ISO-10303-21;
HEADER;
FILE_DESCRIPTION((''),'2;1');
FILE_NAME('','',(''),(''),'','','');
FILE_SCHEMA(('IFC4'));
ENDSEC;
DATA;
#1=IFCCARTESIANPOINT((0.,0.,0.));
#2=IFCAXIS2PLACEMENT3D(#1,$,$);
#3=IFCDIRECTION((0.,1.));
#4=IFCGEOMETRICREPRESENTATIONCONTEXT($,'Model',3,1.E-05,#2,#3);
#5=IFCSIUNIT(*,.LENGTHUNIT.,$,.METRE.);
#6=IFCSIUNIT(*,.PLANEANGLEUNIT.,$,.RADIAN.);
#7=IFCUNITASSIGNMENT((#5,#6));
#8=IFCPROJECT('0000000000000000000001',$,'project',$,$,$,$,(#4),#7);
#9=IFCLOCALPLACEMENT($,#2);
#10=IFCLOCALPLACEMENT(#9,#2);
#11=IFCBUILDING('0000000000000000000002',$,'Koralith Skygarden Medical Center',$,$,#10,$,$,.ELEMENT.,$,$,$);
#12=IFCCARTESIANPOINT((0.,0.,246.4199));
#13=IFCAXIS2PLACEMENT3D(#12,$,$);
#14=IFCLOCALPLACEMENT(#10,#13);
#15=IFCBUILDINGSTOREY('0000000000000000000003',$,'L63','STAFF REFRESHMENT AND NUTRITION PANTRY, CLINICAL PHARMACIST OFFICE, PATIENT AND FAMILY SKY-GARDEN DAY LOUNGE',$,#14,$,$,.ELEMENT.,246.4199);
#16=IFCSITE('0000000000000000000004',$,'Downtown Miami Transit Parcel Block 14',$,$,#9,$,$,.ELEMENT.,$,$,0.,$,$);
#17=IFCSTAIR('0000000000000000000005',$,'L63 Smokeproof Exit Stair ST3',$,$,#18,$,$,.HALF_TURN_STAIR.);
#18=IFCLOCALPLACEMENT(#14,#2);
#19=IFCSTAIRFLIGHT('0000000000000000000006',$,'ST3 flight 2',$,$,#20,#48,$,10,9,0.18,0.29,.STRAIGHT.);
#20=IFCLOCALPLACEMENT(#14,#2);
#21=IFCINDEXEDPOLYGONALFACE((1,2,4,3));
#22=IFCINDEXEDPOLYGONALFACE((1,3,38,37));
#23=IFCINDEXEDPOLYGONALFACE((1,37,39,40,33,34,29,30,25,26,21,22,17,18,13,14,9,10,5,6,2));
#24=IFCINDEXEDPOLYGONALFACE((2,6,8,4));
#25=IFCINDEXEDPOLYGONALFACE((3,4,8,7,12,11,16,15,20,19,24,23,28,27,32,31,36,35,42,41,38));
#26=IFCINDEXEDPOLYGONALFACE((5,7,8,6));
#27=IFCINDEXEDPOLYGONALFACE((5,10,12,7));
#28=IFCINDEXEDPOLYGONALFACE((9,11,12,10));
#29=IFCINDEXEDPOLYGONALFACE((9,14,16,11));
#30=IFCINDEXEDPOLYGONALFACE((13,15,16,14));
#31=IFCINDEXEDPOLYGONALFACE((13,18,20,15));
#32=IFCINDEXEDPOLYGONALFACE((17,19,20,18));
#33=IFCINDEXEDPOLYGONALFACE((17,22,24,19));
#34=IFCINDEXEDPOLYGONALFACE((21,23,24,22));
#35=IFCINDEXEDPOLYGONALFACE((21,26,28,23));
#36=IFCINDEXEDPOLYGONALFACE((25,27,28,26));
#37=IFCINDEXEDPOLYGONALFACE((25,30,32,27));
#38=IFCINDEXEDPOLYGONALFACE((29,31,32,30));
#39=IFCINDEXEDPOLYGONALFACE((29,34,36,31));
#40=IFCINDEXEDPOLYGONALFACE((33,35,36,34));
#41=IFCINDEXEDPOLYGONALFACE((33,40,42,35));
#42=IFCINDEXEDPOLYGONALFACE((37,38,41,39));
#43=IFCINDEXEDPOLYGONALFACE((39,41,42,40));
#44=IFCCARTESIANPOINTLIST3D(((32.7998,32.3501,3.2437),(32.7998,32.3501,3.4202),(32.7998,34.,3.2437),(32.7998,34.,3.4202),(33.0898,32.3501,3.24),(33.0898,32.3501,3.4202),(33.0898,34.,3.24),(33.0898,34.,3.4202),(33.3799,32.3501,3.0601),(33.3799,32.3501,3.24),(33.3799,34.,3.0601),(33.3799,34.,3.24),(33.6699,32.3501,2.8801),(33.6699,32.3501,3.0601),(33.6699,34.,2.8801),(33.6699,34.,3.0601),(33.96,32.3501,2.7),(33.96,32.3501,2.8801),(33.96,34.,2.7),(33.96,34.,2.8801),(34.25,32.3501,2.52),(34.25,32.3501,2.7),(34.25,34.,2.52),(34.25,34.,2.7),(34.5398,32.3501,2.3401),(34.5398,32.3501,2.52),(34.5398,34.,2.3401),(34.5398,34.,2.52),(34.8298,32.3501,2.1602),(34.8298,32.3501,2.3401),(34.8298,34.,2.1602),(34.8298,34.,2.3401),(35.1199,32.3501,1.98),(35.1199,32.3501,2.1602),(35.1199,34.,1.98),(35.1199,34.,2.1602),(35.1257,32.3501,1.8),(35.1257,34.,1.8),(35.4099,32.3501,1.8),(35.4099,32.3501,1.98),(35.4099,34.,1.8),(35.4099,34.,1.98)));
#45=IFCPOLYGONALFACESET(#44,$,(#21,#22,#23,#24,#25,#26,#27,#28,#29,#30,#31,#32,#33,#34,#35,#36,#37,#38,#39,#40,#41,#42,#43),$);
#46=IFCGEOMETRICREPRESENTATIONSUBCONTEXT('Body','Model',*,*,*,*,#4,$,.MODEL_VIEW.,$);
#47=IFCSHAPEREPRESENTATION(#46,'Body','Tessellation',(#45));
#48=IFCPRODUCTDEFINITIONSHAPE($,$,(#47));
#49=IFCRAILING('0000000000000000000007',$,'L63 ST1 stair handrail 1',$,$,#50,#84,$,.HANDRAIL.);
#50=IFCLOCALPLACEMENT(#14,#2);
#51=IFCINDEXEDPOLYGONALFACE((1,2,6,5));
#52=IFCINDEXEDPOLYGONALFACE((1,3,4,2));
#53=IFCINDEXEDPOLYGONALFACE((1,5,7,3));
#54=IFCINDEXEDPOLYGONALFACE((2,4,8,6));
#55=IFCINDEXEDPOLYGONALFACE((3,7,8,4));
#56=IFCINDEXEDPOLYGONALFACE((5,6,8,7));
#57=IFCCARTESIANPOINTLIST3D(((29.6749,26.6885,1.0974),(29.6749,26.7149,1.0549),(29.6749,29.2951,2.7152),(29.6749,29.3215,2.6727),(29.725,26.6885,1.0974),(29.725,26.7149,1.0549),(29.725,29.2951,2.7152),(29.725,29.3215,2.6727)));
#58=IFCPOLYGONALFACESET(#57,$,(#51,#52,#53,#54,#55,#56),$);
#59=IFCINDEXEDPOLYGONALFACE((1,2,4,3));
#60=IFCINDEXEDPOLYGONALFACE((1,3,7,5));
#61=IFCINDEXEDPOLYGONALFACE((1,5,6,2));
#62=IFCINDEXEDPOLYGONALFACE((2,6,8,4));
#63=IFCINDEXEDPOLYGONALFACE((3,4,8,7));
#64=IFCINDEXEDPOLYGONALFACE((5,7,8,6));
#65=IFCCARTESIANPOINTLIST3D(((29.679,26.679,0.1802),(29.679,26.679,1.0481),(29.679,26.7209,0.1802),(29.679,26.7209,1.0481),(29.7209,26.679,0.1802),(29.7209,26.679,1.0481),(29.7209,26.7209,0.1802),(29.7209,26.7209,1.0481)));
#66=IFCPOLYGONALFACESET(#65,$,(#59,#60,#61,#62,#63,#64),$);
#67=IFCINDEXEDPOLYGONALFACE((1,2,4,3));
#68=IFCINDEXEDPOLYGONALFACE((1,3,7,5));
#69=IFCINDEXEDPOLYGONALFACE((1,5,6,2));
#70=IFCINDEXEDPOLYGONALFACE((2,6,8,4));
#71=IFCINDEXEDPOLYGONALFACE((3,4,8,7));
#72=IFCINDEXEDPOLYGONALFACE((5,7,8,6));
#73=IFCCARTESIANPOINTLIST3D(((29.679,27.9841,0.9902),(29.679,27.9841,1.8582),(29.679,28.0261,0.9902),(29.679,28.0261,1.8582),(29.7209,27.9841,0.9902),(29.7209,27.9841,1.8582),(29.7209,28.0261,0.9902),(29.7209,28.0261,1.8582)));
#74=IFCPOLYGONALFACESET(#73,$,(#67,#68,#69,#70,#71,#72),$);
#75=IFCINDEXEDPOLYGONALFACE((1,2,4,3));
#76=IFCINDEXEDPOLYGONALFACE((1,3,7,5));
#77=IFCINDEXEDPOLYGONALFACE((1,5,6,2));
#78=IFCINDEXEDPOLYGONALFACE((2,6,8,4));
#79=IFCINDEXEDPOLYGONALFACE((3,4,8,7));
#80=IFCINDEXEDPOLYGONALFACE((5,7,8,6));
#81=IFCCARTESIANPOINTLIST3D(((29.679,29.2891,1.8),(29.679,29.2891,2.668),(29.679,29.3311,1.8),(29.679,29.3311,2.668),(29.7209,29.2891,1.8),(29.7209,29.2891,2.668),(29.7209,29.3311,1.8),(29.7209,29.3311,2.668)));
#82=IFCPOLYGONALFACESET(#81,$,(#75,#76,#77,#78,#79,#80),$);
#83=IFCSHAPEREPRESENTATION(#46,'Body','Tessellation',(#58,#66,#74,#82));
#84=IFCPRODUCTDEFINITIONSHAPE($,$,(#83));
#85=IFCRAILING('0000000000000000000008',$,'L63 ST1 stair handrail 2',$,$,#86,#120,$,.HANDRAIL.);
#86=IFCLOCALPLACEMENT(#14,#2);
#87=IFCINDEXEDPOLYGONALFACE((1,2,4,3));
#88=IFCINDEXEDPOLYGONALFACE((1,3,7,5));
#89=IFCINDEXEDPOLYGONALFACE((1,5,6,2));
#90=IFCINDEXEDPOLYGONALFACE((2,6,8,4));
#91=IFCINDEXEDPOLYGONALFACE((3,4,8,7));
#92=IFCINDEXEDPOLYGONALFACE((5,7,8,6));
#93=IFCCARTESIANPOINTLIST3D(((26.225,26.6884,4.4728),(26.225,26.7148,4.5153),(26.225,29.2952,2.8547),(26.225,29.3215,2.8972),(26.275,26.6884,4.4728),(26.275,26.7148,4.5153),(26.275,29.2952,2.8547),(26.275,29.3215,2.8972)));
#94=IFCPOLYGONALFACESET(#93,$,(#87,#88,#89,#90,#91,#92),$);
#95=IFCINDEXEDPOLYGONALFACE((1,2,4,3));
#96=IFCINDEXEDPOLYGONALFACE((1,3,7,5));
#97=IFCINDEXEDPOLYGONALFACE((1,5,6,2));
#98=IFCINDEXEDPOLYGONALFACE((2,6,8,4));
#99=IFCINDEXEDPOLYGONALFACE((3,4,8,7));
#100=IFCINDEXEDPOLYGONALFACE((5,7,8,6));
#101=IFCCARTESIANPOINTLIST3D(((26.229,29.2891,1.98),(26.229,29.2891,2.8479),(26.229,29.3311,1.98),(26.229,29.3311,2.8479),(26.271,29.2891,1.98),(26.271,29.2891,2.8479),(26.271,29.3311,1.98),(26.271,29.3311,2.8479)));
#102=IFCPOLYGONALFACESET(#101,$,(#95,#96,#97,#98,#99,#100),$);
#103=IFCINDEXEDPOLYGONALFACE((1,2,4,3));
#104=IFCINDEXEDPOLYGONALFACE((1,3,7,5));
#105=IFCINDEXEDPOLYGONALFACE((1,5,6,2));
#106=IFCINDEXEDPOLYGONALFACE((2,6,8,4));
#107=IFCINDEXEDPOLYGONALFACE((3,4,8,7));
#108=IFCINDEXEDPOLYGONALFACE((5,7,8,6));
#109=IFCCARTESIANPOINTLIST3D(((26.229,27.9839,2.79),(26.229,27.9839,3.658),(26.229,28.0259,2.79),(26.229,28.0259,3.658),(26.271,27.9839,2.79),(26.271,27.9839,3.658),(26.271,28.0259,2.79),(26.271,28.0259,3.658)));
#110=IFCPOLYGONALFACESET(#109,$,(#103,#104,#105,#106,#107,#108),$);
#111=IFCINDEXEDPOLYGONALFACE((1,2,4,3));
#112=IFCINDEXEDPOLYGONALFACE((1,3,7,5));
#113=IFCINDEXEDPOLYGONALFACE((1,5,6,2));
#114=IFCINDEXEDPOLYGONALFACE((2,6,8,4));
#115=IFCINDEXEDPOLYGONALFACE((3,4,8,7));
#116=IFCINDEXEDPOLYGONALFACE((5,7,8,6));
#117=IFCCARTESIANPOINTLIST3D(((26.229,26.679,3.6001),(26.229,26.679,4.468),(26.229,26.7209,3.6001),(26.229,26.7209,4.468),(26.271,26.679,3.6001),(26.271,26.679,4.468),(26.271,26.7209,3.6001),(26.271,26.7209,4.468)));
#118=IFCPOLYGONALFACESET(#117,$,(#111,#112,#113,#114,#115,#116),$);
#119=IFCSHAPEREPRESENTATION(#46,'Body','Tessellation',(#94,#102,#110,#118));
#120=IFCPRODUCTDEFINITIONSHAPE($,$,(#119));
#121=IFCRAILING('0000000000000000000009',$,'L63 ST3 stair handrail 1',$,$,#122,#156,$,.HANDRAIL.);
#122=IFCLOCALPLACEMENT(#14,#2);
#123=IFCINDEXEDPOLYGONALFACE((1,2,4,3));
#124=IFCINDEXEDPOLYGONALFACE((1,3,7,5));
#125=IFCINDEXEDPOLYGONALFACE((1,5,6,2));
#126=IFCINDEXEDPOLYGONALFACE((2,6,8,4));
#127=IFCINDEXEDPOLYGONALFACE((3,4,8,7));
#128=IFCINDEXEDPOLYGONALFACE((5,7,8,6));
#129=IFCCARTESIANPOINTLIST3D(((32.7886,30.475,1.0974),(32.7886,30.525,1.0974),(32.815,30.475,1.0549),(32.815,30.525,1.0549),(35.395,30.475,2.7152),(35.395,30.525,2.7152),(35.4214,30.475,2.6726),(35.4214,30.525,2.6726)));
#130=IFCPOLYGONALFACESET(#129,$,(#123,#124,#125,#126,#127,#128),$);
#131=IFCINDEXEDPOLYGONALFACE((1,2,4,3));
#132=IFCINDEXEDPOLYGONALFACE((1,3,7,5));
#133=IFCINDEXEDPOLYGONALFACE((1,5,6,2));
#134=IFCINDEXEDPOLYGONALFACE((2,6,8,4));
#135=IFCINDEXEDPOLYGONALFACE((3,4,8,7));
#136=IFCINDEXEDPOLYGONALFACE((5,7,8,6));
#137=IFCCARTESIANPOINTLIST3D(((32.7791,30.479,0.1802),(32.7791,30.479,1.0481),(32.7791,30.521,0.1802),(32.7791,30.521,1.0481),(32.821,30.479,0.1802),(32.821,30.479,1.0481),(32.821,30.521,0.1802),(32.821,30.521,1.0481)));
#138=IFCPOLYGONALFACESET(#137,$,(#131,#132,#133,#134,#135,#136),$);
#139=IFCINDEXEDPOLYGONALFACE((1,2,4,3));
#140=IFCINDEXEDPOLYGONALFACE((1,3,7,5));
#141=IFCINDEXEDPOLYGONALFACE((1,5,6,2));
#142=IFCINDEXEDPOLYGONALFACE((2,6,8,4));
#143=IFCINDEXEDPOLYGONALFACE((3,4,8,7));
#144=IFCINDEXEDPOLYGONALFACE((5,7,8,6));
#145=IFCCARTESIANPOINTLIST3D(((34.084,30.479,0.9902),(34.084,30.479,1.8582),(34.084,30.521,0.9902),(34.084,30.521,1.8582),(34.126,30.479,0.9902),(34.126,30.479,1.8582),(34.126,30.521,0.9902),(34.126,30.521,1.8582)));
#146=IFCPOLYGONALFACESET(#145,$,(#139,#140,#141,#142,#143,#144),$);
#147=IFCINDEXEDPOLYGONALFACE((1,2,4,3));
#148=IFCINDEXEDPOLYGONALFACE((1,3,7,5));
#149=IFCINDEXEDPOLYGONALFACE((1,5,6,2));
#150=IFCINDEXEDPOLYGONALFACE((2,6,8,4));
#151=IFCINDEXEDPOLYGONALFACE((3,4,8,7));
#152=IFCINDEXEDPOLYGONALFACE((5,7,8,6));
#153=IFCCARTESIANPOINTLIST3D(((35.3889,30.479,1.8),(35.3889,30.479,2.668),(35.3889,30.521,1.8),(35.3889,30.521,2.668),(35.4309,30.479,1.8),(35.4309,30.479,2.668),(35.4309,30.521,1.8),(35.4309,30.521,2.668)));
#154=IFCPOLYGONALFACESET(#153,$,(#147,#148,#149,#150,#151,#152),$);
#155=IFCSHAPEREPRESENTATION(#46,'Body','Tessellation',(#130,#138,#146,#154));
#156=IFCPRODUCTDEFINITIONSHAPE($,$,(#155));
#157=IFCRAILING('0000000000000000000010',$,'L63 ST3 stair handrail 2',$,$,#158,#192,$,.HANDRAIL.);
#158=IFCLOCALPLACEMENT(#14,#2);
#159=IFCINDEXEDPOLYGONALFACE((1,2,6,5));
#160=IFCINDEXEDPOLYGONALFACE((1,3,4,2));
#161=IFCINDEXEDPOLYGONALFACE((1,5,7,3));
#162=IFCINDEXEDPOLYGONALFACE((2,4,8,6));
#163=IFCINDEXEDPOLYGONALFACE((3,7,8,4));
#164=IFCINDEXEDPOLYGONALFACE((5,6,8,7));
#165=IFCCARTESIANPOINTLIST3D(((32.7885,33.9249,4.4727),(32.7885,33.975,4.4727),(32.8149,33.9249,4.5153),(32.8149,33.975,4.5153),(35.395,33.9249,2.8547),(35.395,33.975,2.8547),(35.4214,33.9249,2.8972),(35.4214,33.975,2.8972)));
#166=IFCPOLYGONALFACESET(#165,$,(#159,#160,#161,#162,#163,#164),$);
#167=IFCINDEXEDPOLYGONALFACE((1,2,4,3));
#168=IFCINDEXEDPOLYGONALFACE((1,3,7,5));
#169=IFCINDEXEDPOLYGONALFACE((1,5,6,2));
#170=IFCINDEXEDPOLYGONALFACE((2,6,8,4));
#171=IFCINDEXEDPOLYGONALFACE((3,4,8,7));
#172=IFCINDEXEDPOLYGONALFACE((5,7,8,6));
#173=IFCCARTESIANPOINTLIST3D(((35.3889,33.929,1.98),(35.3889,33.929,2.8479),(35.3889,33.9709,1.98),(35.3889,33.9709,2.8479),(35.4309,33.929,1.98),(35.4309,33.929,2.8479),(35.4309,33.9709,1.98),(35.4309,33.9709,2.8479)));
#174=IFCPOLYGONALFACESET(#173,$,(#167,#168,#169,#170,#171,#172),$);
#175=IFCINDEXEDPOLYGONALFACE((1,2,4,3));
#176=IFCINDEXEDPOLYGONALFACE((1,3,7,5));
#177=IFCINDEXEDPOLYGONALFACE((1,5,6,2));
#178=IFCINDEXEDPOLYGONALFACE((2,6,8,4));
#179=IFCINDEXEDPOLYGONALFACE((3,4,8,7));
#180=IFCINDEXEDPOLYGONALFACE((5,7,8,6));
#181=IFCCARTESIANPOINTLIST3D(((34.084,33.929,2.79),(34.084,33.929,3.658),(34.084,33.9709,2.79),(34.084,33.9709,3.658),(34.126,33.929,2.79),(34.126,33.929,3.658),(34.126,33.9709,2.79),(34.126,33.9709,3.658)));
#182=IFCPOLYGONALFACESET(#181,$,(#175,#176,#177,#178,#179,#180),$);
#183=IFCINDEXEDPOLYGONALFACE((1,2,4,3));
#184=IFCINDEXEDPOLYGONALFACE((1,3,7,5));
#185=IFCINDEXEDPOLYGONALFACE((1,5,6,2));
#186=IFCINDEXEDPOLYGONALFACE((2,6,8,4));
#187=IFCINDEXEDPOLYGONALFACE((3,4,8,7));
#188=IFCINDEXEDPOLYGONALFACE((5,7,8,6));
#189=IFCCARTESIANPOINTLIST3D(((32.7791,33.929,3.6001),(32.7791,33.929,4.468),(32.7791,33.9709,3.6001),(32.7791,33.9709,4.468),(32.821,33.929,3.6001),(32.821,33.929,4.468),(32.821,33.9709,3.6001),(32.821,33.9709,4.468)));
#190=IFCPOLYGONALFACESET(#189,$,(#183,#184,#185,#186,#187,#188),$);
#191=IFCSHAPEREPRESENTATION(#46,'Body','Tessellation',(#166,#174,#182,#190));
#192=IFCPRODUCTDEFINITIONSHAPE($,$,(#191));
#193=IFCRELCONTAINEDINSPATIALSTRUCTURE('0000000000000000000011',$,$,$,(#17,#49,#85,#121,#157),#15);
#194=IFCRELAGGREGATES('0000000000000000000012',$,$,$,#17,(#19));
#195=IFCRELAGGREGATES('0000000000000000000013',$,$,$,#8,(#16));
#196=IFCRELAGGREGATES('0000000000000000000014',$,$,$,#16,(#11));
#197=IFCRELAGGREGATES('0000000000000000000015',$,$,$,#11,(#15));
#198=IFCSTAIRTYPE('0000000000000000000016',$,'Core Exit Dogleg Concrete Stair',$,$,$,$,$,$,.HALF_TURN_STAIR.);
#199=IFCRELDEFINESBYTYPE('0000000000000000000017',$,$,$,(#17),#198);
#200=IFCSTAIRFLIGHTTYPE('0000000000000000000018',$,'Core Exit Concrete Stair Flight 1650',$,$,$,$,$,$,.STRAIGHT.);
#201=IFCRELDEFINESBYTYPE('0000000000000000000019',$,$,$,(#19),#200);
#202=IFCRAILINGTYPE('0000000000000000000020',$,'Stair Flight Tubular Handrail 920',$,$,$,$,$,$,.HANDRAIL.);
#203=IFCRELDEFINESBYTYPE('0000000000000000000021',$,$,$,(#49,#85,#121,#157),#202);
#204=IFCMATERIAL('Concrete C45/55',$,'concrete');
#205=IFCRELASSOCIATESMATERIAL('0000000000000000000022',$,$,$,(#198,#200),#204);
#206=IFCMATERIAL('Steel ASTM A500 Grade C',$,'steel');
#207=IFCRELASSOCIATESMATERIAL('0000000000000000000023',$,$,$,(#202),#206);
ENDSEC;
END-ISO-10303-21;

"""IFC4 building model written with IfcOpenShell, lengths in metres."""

from ifc_helpers import new_model, si_unit, direction, frame, origin, origin_2d, place, context, subcontext, project, spatial, polyline, rectangle, outline, extrude, material, type_object, element, aggregate, save


model = new_model("IFC4")

# Units and contexts
model_context = context("Model", 3, precision=1e-05, world=origin(), true_north=direction((0.0, 1.0)))
body_context = subcontext(model_context, "Body", "Model", "MODEL_VIEW")
ifc_project = project(units=[si_unit("LENGTHUNIT", "METRE"), si_unit("PLANEANGLEUNIT", "RADIAN")], contexts=[model_context])

# Site, building, storey
site_placement = place(None, origin())
site = spatial("IfcSite", under=ifc_project, at=site_placement, Name="Downtown Miami Transit Parcel Block 14", CompositionType="ELEMENT", RefElevation=0.0)
building_placement = place(site_placement, origin())
building = spatial("IfcBuilding", under=site, at=building_placement, Name="Koralith Skygarden Medical Center", CompositionType="ELEMENT")
storey_placement = place(building_placement, frame((0.0, 0.0, 246.4199)))
storey = spatial("IfcBuildingStorey", under=building, at=storey_placement, Name="L63", Description="STAFF REFRESHMENT AND NUTRITION PANTRY, CLINICAL PHARMACIST OFFICE, PATIENT AND FAMILY SKY-GARDEN DAY LOUNGE", CompositionType="ELEMENT", Elevation=246.4199)

# Shared definitions
ifc_material_1 = material(Name="Concrete C45/55", Category="concrete")

# Stair, stair flight
stair_type = type_object("IfcStairType", Name="Core Exit Dogleg Concrete Stair", PredefinedType="HALF_TURN_STAIR", material=ifc_material_1)
stair_flight_type = type_object("IfcStairFlightType", Name="Core Exit Concrete Stair Flight 1650", PredefinedType="STRAIGHT", material=ifc_material_1)
stair_1_placement = place(storey_placement, origin())
stair_1 = element("IfcStair", 1, at=stair_1_placement, inside=storey, type_object=stair_type, Name="L63 Smokeproof Exit Stair ST3", PredefinedType="HALF_TURN_STAIR")
stair_flight_1_placement = place(storey_placement, frame((35.4099, 33.175, 1.8), z_axis=(0.0, 0.0, 1.0), x_axis=(-1.0, 0.0, 0.0)))
stair_flight_1 = element("IfcStairFlight", 2, at=stair_flight_1_placement, type_object=stair_flight_type, Name="ST3 flight 2", NumberOfRisers=10, NumberOfTreads=9, PredefinedType="STRAIGHT", RiserHeight=0.18, TreadLength=0.29, context=body_context, shape_type="SweptSolid", body=[
    extrude(outline(polyline([(0.0, 0.0), (0.0, 0.1799), (0.29, 0.1799), (0.29, 0.3601), (0.5801, 0.3601), (0.5801, 0.54), (0.8701, 0.54), (0.8701, 0.72), (1.1599, 0.72), (1.1599, 0.8999), (1.45, 0.8999), (1.45, 1.0801), (1.74, 1.0801), (1.74, 1.26), (2.03, 1.26), (2.03, 1.4399), (2.3201, 1.4399), (2.3201, 1.6201), (2.6101, 1.6201), (2.6101, 1.8), (2.6101, 1.4436), (0.2842, 0.0), (0.0, 0.0)])), frame((0.0, 0.825, 0.0), z_axis=(0.0, -1.0, 0.0), x_axis=(1.0, 0.0, 0.0)), (0.0, 0.0, 1.0), 1.6499),
])
aggregate(stair_1, [stair_flight_1])

# Railings
ifc_material_2 = material(Name="Steel ASTM A500 Grade C", Category="steel")
railing_type_1 = type_object("IfcRailingType", Name="Stair Flight Tubular Handrail 920", PredefinedType="HANDRAIL", material=ifc_material_2)
railing_1_placement = place(storey_placement, frame((29.7, 26.7, 0.1802)))
element("IfcRailing", 3, at=railing_1_placement, inside=storey, type_object=railing_type_1, Name="L63 ST1 stair handrail 1", PredefinedType="HANDRAIL", context=body_context, shape_type="SweptSolid", body=[
    extrude(rectangle(XDim=0.05, YDim=0.05, at=origin_2d()), frame((0.0, 0.0017, 0.896), z_axis=(0.0, 0.849668, 0.527317), x_axis=(-1.0, 0.0, 0.0)), (0.0, 0.0, 1.0), 3.0679),
    extrude(rectangle(XDim=0.042, YDim=0.042, at=origin_2d()), origin(), (0.0, 0.0, 1.0), 0.8679),
    extrude(rectangle(XDim=0.042, YDim=0.042, at=origin_2d()), frame((0.0, 1.3052, 0.8101)), (0.0, 0.0, 1.0), 0.8679),
    extrude(rectangle(XDim=0.042, YDim=0.042, at=origin_2d()), frame((0.0, 2.6101, 1.6199)), (0.0, 0.0, 1.0), 0.8679),
])
railing_2_placement = place(storey_placement, frame((26.25, 29.3101, 1.98)))
element("IfcRailing", 4, at=railing_2_placement, inside=storey, type_object=railing_type_1, Name="L63 ST1 stair handrail 2", PredefinedType="HANDRAIL", context=body_context, shape_type="SweptSolid", body=[
    extrude(rectangle(XDim=0.05, YDim=0.05, at=origin_2d()), frame((0.0, -0.0017, 0.896), z_axis=(0.0, -0.849633, 0.527375), x_axis=(1.0, 0.0, 0.0)), (0.0, 0.0, 1.0), 3.0681),
    extrude(rectangle(XDim=0.042, YDim=0.042, at=origin_2d()), origin(), (0.0, 0.0, 1.0), 0.8679),
    extrude(rectangle(XDim=0.042, YDim=0.042, at=origin_2d()), frame((0.0, -1.3052, 0.8101)), (0.0, 0.0, 1.0), 0.8679),
    extrude(rectangle(XDim=0.042, YDim=0.042, at=origin_2d()), frame((0.0, -2.6101, 1.6201)), (0.0, 0.0, 1.0), 0.8679),
])
railing_3_placement = place(storey_placement, frame((32.8, 30.5, 0.1802)))
element("IfcRailing", 5, at=railing_3_placement, inside=storey, type_object=railing_type_1, Name="L63 ST3 stair handrail 1", PredefinedType="HANDRAIL", context=body_context, shape_type="SweptSolid", body=[
    extrude(rectangle(XDim=0.05, YDim=0.05, at=origin_2d()), frame((0.0017, 0.0, 0.896), z_axis=(0.849646, 0.0, 0.527353), x_axis=(0.0, 1.0, 0.0)), (0.0, 0.0, 1.0), 3.0676),
    extrude(rectangle(XDim=0.042, YDim=0.042, at=origin_2d()), origin(), (0.0, 0.0, 1.0), 0.8679),
    extrude(rectangle(XDim=0.042, YDim=0.042, at=origin_2d()), frame((1.3049, 0.0, 0.8101)), (0.0, 0.0, 1.0), 0.8679),
    extrude(rectangle(XDim=0.042, YDim=0.042, at=origin_2d()), frame((2.6099, 0.0, 1.6199)), (0.0, 0.0, 1.0), 0.8679),
])
railing_4_placement = place(storey_placement, frame((35.4099, 33.95, 1.98)))
element("IfcRailing", 6, at=railing_4_placement, inside=storey, type_object=railing_type_1, Name="L63 ST3 stair handrail 2", PredefinedType="HANDRAIL", context=body_context, shape_type="SweptSolid", body=[
    extrude(rectangle(XDim=0.05, YDim=0.05, at=origin_2d()), frame((-0.0017, 0.0, 0.896), z_axis=(-0.849611, 0.0, 0.52741), x_axis=(0.0, -1.0, 0.0)), (0.0, 0.0, 1.0), 3.0679),
    extrude(rectangle(XDim=0.042, YDim=0.042, at=origin_2d()), origin(), (0.0, 0.0, 1.0), 0.8679),
    extrude(rectangle(XDim=0.042, YDim=0.042, at=origin_2d()), frame((-1.3049, 0.0, 0.8101)), (0.0, 0.0, 1.0), 0.8679),
    extrude(rectangle(XDim=0.042, YDim=0.042, at=origin_2d()), frame((-2.6099, 0.0, 1.6201)), (0.0, 0.0, 1.0), 0.8679),
])

save(model, "model.ifc")
